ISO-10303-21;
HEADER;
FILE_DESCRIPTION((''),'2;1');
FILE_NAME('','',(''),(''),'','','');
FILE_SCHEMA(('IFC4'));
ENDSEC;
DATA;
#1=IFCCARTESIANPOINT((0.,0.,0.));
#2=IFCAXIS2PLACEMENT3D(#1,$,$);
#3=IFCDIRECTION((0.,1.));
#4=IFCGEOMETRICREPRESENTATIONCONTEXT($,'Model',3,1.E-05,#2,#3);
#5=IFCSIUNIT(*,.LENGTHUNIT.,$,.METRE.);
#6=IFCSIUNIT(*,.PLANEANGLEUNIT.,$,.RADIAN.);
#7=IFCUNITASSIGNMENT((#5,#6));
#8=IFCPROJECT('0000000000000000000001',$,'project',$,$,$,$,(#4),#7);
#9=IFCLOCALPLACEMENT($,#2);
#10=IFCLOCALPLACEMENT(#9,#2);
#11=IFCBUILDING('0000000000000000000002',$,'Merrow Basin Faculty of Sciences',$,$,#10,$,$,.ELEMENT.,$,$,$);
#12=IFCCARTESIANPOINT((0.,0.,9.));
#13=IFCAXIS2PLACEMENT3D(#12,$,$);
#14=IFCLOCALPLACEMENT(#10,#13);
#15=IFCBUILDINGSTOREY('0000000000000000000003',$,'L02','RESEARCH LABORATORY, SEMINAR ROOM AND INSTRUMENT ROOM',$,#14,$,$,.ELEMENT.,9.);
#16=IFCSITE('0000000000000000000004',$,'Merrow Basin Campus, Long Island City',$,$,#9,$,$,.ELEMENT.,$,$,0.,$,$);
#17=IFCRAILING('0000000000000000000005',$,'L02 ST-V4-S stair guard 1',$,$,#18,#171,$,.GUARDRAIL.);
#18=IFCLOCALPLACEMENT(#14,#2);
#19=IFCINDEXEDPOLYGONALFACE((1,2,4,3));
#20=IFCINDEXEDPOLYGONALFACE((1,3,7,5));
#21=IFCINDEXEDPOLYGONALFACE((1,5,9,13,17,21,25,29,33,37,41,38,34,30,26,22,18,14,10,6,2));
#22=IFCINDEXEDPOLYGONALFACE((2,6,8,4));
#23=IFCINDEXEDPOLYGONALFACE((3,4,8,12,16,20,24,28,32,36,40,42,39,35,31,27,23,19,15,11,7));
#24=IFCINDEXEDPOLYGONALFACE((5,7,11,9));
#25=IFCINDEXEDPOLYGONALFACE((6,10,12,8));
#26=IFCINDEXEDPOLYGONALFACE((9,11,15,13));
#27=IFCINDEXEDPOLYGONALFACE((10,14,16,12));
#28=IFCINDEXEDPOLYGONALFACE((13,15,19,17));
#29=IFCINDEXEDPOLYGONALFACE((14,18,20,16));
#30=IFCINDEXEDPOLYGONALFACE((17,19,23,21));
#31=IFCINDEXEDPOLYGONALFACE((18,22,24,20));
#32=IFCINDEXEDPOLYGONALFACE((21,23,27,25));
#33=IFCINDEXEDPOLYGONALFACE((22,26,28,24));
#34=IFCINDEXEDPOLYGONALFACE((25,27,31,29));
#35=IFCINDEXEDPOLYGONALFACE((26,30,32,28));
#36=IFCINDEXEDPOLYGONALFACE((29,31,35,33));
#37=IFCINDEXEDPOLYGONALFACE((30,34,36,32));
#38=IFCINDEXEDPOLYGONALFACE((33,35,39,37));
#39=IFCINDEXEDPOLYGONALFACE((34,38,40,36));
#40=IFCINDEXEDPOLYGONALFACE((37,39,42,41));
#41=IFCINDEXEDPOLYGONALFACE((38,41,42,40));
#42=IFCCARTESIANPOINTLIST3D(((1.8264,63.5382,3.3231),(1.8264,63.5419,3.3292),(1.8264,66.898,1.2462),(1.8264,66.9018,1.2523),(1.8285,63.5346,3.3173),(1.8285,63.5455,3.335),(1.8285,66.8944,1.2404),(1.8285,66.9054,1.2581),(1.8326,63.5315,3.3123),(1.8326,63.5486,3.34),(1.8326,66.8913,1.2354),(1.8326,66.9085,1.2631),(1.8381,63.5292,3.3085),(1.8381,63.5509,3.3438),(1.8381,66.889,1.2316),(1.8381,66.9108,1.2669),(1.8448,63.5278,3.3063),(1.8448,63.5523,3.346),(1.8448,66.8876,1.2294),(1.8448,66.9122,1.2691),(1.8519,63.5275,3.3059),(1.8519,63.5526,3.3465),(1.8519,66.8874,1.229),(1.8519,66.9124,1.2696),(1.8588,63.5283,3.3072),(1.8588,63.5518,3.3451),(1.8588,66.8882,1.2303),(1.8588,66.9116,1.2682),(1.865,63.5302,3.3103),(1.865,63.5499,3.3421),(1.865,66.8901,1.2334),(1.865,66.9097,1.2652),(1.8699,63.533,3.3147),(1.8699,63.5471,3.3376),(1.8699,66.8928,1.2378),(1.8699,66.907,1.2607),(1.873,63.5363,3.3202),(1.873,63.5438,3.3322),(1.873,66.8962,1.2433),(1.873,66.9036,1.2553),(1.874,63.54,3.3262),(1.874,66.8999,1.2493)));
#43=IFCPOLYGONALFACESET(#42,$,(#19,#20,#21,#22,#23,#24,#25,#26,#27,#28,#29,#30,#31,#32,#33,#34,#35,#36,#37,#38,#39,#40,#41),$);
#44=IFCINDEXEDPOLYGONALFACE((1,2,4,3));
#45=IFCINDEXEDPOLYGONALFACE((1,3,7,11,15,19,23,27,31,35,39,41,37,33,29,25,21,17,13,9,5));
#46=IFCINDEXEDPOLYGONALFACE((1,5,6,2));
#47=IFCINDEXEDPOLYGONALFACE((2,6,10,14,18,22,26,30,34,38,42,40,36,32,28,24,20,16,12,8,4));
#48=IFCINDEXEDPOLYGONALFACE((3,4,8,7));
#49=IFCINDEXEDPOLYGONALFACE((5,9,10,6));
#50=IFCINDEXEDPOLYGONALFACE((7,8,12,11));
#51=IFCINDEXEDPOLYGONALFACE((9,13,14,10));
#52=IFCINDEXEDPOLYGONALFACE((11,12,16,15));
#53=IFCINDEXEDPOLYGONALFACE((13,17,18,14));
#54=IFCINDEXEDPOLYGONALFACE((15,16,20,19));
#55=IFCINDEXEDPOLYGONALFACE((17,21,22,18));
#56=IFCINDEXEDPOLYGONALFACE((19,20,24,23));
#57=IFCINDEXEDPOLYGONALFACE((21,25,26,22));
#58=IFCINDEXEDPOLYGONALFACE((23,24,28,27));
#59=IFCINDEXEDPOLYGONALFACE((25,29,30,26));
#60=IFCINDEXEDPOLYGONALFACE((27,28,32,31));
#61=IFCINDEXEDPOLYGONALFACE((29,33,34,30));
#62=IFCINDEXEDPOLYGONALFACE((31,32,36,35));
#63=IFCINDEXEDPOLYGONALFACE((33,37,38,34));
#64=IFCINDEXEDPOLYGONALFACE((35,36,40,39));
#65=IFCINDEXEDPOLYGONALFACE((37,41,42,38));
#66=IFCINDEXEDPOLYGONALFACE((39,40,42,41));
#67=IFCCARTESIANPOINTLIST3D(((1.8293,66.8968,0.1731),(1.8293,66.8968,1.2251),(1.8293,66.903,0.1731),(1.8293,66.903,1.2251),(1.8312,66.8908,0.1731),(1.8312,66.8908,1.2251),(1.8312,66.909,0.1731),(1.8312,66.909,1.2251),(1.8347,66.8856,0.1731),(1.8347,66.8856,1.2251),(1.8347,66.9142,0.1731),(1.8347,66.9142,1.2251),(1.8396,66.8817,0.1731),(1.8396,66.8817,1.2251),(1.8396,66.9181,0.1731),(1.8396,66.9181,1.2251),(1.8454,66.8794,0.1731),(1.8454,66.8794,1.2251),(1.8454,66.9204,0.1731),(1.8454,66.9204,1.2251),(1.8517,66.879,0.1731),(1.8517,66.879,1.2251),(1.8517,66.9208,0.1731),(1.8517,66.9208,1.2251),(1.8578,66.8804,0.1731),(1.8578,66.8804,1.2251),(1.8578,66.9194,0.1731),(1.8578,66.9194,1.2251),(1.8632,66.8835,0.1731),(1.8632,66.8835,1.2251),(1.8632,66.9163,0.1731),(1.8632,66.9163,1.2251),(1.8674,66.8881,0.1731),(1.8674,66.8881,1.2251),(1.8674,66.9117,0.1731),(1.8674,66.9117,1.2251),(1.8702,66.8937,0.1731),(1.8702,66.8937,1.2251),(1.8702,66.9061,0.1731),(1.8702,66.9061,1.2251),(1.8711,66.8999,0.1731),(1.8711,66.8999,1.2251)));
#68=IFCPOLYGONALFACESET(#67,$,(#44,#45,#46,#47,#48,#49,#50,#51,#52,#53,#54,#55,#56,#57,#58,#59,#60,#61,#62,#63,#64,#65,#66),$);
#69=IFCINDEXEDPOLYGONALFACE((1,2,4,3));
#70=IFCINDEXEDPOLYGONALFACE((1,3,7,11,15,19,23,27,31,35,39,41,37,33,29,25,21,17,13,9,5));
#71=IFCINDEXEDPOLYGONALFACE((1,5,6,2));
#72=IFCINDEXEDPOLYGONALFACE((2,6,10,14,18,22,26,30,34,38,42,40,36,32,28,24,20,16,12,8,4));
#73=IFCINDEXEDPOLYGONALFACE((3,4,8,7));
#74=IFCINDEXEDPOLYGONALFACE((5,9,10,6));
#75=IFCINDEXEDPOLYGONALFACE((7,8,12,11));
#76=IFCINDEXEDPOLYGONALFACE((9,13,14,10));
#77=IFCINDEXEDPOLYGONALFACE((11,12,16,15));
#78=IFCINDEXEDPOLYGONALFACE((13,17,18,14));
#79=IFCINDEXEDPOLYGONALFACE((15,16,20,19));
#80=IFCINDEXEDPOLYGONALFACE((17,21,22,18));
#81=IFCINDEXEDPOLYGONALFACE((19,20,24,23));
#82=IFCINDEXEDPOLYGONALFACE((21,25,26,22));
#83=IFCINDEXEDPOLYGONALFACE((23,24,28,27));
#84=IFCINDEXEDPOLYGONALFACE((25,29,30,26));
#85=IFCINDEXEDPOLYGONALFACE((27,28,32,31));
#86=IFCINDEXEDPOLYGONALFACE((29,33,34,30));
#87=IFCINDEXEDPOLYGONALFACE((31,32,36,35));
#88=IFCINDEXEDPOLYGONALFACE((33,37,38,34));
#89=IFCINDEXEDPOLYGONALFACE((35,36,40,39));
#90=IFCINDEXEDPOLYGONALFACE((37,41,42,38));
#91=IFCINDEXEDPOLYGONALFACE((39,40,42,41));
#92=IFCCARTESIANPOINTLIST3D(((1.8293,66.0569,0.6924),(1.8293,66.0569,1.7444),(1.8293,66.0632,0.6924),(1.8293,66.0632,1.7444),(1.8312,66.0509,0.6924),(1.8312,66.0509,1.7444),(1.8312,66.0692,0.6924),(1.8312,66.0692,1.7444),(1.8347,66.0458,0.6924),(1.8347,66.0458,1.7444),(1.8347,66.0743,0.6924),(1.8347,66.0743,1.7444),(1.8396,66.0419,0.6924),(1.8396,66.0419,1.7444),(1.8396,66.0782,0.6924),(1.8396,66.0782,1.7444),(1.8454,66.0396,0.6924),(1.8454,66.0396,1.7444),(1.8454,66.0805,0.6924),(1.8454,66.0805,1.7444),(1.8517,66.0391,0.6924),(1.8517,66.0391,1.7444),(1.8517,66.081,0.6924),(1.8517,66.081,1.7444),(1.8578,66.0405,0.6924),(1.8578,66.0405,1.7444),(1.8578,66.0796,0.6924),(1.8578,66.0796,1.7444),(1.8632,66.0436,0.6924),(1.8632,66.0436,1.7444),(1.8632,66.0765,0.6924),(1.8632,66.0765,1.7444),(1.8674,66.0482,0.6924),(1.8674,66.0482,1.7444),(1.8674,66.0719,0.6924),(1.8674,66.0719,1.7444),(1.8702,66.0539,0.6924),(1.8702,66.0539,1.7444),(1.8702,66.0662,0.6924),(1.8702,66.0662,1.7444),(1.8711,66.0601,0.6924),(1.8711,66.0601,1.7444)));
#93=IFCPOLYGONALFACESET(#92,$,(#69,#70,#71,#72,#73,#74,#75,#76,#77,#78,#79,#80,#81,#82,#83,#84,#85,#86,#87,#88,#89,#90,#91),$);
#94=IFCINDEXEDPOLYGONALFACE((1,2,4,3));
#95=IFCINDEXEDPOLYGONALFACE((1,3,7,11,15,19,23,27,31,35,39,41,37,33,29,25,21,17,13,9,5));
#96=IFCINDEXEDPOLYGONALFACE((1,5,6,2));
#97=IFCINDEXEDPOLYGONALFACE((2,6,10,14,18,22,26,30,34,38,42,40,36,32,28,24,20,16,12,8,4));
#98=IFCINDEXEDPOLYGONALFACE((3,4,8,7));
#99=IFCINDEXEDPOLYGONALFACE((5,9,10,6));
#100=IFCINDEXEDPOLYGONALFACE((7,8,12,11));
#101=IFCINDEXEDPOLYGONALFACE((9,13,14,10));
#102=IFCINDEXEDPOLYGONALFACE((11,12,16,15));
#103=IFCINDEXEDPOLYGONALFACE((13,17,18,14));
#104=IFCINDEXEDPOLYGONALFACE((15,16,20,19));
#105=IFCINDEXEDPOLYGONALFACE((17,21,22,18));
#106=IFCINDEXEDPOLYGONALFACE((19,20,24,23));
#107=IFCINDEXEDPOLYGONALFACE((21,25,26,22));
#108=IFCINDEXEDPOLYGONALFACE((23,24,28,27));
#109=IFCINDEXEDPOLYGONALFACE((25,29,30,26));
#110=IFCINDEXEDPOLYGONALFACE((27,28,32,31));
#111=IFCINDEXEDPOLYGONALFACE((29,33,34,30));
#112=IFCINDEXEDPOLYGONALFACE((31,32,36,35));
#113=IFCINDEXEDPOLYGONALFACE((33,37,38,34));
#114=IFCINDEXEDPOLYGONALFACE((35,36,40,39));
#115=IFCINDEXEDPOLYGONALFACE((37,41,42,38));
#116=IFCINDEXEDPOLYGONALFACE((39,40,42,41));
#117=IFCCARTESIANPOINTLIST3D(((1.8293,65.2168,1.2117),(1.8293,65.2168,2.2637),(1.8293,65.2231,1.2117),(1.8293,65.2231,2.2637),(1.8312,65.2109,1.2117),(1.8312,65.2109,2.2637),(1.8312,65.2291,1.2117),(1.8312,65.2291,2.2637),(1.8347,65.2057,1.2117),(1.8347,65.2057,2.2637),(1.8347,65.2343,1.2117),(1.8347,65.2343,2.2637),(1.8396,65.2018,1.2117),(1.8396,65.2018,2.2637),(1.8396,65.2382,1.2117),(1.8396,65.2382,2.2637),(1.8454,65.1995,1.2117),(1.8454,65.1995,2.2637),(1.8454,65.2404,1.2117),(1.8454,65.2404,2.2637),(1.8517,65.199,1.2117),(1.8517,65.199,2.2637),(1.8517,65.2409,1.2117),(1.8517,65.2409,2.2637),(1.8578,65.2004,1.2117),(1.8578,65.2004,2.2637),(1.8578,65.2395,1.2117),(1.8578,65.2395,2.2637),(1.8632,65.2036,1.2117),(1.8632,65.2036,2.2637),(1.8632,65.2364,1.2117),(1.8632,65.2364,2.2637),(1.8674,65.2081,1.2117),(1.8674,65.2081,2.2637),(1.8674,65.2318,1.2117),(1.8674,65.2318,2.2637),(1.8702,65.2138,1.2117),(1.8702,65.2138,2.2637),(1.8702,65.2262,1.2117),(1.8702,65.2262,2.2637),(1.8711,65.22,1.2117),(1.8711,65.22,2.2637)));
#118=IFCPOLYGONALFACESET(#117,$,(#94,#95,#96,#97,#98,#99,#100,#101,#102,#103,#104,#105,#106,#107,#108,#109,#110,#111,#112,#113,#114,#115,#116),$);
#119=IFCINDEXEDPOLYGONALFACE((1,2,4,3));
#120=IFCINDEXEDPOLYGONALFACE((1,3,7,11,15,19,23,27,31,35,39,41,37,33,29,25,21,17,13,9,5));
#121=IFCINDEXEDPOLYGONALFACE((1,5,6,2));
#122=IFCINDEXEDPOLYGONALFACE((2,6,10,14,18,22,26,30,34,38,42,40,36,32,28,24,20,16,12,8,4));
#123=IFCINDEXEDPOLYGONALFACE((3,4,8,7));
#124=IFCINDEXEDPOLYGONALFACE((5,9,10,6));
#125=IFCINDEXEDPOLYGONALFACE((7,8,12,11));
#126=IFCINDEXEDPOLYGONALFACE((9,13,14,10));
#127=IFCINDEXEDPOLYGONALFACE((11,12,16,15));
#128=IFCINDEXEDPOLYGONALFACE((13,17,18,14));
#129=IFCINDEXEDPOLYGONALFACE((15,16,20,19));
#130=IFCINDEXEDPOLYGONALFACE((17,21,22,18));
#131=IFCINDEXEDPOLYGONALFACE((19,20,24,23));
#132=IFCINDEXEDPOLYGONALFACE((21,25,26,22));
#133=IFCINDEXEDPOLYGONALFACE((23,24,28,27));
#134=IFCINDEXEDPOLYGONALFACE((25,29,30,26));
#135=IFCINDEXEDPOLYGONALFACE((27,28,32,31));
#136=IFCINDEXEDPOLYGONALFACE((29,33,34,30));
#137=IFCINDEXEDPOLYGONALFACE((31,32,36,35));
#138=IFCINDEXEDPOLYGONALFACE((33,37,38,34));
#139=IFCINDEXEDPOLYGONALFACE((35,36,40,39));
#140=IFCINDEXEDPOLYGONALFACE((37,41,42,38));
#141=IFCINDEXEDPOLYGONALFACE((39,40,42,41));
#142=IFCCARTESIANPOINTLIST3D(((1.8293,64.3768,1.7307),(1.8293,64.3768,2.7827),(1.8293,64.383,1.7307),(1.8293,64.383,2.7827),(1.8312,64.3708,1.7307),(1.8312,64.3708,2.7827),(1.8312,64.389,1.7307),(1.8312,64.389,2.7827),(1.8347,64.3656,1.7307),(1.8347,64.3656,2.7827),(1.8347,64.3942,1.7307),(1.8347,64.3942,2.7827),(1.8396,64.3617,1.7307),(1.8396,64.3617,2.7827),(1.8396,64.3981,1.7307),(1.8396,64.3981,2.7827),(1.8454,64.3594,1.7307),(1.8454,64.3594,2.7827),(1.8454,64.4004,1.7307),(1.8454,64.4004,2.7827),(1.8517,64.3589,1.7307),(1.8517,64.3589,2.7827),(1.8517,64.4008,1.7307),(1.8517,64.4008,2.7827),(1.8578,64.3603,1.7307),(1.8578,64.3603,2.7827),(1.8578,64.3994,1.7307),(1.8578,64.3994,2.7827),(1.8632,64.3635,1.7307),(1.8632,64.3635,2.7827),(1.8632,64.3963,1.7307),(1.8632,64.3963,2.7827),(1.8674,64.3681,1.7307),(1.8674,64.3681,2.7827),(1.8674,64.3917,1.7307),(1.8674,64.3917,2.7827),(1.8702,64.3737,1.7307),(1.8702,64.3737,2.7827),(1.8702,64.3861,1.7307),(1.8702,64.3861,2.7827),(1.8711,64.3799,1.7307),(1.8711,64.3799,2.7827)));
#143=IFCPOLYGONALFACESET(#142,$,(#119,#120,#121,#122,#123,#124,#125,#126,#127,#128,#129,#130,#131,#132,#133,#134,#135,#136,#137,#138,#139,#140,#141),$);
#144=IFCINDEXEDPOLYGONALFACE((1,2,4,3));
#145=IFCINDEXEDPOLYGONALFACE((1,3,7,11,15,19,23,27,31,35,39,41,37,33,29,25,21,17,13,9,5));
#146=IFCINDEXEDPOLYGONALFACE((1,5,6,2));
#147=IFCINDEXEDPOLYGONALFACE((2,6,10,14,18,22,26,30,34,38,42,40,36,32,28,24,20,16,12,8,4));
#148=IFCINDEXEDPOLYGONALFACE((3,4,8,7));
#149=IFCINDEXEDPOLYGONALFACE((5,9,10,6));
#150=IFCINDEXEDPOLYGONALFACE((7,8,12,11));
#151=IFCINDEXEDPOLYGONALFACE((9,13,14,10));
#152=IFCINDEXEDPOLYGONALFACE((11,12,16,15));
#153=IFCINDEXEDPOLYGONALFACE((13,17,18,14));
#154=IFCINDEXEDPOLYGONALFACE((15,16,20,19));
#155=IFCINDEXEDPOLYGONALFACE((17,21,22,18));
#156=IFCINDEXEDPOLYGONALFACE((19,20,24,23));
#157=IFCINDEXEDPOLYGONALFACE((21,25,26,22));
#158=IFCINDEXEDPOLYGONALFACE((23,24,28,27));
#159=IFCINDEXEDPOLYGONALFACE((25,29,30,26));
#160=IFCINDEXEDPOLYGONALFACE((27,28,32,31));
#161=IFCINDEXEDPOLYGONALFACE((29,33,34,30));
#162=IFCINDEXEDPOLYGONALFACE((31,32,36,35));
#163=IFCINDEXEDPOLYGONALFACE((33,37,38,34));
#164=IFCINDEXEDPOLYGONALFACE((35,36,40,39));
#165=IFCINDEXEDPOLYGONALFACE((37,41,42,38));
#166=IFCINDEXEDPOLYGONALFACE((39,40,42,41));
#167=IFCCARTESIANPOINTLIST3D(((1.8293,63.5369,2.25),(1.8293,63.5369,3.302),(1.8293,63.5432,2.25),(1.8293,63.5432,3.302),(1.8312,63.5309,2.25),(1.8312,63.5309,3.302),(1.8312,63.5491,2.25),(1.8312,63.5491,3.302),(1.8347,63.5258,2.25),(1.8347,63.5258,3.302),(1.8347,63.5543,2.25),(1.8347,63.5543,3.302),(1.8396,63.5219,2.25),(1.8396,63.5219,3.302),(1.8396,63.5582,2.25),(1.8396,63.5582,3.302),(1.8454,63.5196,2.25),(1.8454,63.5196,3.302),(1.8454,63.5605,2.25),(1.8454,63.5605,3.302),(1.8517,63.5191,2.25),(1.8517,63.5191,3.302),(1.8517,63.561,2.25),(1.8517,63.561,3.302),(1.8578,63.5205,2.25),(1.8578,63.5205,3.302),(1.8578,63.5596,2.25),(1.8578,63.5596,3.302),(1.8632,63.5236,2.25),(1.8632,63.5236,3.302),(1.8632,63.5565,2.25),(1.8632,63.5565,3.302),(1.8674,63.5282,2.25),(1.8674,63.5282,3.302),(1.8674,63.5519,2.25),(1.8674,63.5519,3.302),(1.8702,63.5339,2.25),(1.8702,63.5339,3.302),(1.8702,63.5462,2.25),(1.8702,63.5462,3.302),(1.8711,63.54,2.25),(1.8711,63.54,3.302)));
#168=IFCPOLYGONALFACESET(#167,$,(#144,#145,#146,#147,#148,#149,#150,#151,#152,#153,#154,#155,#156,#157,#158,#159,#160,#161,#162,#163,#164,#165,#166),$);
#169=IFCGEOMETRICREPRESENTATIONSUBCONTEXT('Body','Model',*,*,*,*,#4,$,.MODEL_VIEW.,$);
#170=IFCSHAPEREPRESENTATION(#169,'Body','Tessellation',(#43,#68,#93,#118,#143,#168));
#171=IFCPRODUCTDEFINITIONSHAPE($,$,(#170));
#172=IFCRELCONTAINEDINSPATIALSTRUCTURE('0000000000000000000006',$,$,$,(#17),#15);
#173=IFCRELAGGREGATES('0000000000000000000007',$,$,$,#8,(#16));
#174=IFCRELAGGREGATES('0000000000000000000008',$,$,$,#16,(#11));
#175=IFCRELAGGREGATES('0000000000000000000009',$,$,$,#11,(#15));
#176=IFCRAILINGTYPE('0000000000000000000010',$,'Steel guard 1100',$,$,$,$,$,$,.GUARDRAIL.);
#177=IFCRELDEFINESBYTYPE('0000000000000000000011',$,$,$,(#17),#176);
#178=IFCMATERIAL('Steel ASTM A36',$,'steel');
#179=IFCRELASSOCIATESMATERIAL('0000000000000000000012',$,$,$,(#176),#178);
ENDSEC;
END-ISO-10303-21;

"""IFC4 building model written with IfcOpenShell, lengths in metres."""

from ifc_helpers import new_model, si_unit, direction, frame, origin, origin_2d, place, context, subcontext, project, spatial, circle, extrude, material, type_object, element, save


model = new_model("IFC4")

# Units and contexts
model_context = context("Model", 3, precision=1e-05, world=origin(), true_north=direction((0.0, 1.0)))
body_context = subcontext(model_context, "Body", "Model", "MODEL_VIEW")
ifc_project = project(units=[si_unit("LENGTHUNIT", "METRE"), si_unit("PLANEANGLEUNIT", "RADIAN")], contexts=[model_context])

# Site, building, storey
site_placement = place(None, origin())
site = spatial("IfcSite", under=ifc_project, at=site_placement, Name="Merrow Basin Campus, Long Island City", CompositionType="ELEMENT", RefElevation=0.0)
building_placement = place(site_placement, origin())
building = spatial("IfcBuilding", under=site, at=building_placement, Name="Merrow Basin Faculty of Sciences", CompositionType="ELEMENT")
storey_placement = place(building_placement, frame((0.0, 0.0, 9.0)))
storey = spatial("IfcBuildingStorey", under=building, at=storey_placement, Name="L02", Description="RESEARCH LABORATORY, SEMINAR ROOM AND INSTRUMENT ROOM", CompositionType="ELEMENT", Elevation=9.0)

# Railing
ifc_material_1 = material(Name="Steel ASTM A36", Category="steel")
railing_type_1 = type_object("IfcRailingType", Name="Steel guard 1100", PredefinedType="GUARDRAIL", material=ifc_material_1)
railing_1_placement = place(storey_placement, frame((1.8501, 66.8999, 0.1731)))
element("IfcRailing", 1, at=railing_1_placement, inside=storey, type_object=railing_type_1, Name="L02 ST-V4-S stair guard 1", PredefinedType="GUARDRAIL", context=body_context, shape_type="SweptSolid", body=[
    extrude(circle(Radius=0.0239, at=origin_2d()), frame((0.0, 0.0, 1.0762), z_axis=(0.0, -0.850606, 0.525803), x_axis=(1.0, 0.0, 0.0)), (0.0, 0.0, 1.0), 3.95),
    extrude(circle(Radius=0.021, at=origin_2d()), origin(), (0.0, 0.0, 1.0), 1.052),
    extrude(circle(Radius=0.021, at=origin_2d()), frame((0.0, -0.8398, 0.5193)), (0.0, 0.0, 1.0), 1.052),
    extrude(circle(Radius=0.021, at=origin_2d()), frame((0.0, -1.6799, 1.0386)), (0.0, 0.0, 1.0), 1.052),
    extrude(circle(Radius=0.021, at=origin_2d()), frame((0.0, -2.52, 1.5576)), (0.0, 0.0, 1.0), 1.052),
    extrude(circle(Radius=0.021, at=origin_2d()), frame((0.0, -3.3599, 2.0769)), (0.0, 0.0, 1.0), 1.052),
])

save(model, "model.ifc")
